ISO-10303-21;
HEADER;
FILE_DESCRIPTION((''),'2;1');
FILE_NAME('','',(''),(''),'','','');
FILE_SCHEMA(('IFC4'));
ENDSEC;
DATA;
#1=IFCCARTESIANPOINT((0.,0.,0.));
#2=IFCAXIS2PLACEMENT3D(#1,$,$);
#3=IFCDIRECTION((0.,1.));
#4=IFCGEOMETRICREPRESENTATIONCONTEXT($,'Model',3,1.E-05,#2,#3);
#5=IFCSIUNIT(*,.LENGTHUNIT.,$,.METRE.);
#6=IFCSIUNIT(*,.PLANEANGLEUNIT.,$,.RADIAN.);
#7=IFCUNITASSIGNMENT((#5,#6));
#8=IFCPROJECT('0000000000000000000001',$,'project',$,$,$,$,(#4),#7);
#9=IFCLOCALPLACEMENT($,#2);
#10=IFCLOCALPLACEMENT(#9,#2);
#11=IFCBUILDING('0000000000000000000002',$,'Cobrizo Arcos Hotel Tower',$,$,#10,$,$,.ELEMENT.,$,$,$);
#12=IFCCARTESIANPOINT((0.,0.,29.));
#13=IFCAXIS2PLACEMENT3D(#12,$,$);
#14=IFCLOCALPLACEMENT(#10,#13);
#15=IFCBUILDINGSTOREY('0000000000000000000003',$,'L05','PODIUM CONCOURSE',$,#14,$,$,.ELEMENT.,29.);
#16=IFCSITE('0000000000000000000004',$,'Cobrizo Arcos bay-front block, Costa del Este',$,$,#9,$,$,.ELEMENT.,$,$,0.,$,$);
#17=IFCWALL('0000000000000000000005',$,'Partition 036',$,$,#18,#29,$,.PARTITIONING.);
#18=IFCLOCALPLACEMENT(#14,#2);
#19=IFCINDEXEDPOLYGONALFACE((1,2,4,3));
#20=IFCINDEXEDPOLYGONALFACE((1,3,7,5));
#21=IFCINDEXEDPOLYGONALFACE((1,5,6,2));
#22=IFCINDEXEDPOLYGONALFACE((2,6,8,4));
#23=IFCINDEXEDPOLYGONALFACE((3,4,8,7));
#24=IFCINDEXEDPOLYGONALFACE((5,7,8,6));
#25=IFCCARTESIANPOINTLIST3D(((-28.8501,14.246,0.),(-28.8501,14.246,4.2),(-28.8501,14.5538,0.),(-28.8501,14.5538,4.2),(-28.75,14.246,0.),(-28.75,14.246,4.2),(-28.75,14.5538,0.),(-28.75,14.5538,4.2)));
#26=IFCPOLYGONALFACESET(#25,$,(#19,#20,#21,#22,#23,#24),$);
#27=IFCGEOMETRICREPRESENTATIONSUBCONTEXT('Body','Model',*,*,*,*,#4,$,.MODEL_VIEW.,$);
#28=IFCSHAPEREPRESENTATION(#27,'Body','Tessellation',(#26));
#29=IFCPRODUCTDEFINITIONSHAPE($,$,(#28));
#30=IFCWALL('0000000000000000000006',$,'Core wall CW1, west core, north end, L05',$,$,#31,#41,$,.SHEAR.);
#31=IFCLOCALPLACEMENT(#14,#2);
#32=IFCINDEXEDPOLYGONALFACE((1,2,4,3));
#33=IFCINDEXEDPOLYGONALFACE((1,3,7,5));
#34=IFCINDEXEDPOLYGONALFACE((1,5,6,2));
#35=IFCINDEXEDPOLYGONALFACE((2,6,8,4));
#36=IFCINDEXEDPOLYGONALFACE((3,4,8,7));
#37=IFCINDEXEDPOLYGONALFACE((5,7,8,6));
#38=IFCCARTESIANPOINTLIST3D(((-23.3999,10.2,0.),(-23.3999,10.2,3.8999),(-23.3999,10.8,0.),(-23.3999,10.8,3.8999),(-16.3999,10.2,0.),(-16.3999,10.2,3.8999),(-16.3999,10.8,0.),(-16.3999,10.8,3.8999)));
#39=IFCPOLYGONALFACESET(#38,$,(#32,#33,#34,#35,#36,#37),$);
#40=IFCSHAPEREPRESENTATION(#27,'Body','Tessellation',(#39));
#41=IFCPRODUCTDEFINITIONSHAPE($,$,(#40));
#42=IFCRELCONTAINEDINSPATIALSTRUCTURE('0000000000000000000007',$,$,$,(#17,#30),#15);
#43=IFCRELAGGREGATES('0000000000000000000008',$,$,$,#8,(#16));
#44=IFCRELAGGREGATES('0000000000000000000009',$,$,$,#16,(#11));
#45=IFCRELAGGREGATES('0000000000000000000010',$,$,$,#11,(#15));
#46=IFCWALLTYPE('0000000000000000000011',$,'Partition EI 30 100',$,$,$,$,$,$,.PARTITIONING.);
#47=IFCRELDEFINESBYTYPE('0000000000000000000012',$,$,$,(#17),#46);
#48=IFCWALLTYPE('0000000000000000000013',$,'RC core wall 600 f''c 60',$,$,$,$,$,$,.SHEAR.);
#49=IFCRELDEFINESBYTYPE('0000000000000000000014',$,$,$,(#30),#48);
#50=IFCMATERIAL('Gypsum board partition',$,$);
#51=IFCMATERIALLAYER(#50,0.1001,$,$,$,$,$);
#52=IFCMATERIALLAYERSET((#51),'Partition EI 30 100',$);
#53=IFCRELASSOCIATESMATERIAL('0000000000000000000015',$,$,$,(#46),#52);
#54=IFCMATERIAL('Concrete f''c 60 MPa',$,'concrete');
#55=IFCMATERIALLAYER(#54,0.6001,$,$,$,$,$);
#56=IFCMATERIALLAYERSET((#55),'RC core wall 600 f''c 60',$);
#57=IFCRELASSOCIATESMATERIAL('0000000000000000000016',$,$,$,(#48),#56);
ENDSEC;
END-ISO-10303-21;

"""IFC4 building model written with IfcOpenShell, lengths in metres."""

from ifc_helpers import new_model, si_unit, direction, frame, frame_2d, origin, place, context, subcontext, project, spatial, rectangle, extrude, material, layer, layer_set, type_object, element, save


model = new_model("IFC4")

# Units and contexts
model_context = context("Model", 3, precision=1e-05, world=origin(), true_north=direction((0.0, 1.0)))
body_context = subcontext(model_context, "Body", "Model", "MODEL_VIEW")
ifc_project = project(units=[si_unit("LENGTHUNIT", "METRE"), si_unit("PLANEANGLEUNIT", "RADIAN")], contexts=[model_context])

# Site, building, storey
site_placement = place(None, origin())
site = spatial("IfcSite", under=ifc_project, at=site_placement, Name="Cobrizo Arcos bay-front block, Costa del Este", CompositionType="ELEMENT", RefElevation=0.0)
building_placement = place(site_placement, origin())
building = spatial("IfcBuilding", under=site, at=building_placement, Name="Cobrizo Arcos Hotel Tower", CompositionType="ELEMENT")
storey_placement = place(building_placement, frame((0.0, 0.0, 29.0)))
storey = spatial("IfcBuildingStorey", under=building, at=storey_placement, Name="L05", Description="PODIUM CONCOURSE", CompositionType="ELEMENT", Elevation=29.0)

# Shared definitions
ifc_material_1 = material(Name="Gypsum board partition")

# Shared definitions
ifc_layer_1 = layer(ifc_material_1, 0.1001)
ifc_layer_set_1 = layer_set([ifc_layer_1], Name="Partition EI 30 100")
wall_type_1 = type_object("IfcWallType", Name="Partition EI 30 100", PredefinedType="PARTITIONING", material=ifc_layer_set_1)

# Walls
wall_1_placement = place(storey_placement, frame((-28.8, 14.2461, 0.0), z_axis=(0.0, 0.0, 1.0), x_axis=(0.0, 1.0, 0.0)))
element("IfcWall", 1, at=wall_1_placement, inside=storey, type_object=wall_type_1, Name="Partition 036", PredefinedType="PARTITIONING", context=body_context, shape_type="SweptSolid", body=[
    extrude(rectangle(XDim=0.3079, YDim=0.1001, at=frame_2d((0.1538, 0.0))), origin(), (0.0, 0.0, 1.0), 4.2),
])
ifc_material_2 = material(Name="Concrete f'c 60 MPa", Category="concrete")
ifc_layer_2 = layer(ifc_material_2, 0.6001)
ifc_layer_set_2 = layer_set([ifc_layer_2], Name="RC core wall 600 f'c 60")
wall_type_2 = type_object("IfcWallType", Name="RC core wall 600 f'c 60", PredefinedType="SHEAR", material=ifc_layer_set_2)
wall_2_placement = place(storey_placement, frame((-23.3999, 10.5, 0.0), z_axis=(0.0, 0.0, 1.0), x_axis=(1.0, 0.0, 0.0)))
element("IfcWall", 2, at=wall_2_placement, inside=storey, type_object=wall_type_2, Name="Core wall CW1, west core, north end, L05", PredefinedType="SHEAR", context=body_context, shape_type="SweptSolid", body=[
    extrude(rectangle(XDim=7.0, YDim=0.6001, at=frame_2d((3.5, 0.0))), origin(), (0.0, 0.0, 1.0), 3.8999),
])

save(model, "model.ifc")
